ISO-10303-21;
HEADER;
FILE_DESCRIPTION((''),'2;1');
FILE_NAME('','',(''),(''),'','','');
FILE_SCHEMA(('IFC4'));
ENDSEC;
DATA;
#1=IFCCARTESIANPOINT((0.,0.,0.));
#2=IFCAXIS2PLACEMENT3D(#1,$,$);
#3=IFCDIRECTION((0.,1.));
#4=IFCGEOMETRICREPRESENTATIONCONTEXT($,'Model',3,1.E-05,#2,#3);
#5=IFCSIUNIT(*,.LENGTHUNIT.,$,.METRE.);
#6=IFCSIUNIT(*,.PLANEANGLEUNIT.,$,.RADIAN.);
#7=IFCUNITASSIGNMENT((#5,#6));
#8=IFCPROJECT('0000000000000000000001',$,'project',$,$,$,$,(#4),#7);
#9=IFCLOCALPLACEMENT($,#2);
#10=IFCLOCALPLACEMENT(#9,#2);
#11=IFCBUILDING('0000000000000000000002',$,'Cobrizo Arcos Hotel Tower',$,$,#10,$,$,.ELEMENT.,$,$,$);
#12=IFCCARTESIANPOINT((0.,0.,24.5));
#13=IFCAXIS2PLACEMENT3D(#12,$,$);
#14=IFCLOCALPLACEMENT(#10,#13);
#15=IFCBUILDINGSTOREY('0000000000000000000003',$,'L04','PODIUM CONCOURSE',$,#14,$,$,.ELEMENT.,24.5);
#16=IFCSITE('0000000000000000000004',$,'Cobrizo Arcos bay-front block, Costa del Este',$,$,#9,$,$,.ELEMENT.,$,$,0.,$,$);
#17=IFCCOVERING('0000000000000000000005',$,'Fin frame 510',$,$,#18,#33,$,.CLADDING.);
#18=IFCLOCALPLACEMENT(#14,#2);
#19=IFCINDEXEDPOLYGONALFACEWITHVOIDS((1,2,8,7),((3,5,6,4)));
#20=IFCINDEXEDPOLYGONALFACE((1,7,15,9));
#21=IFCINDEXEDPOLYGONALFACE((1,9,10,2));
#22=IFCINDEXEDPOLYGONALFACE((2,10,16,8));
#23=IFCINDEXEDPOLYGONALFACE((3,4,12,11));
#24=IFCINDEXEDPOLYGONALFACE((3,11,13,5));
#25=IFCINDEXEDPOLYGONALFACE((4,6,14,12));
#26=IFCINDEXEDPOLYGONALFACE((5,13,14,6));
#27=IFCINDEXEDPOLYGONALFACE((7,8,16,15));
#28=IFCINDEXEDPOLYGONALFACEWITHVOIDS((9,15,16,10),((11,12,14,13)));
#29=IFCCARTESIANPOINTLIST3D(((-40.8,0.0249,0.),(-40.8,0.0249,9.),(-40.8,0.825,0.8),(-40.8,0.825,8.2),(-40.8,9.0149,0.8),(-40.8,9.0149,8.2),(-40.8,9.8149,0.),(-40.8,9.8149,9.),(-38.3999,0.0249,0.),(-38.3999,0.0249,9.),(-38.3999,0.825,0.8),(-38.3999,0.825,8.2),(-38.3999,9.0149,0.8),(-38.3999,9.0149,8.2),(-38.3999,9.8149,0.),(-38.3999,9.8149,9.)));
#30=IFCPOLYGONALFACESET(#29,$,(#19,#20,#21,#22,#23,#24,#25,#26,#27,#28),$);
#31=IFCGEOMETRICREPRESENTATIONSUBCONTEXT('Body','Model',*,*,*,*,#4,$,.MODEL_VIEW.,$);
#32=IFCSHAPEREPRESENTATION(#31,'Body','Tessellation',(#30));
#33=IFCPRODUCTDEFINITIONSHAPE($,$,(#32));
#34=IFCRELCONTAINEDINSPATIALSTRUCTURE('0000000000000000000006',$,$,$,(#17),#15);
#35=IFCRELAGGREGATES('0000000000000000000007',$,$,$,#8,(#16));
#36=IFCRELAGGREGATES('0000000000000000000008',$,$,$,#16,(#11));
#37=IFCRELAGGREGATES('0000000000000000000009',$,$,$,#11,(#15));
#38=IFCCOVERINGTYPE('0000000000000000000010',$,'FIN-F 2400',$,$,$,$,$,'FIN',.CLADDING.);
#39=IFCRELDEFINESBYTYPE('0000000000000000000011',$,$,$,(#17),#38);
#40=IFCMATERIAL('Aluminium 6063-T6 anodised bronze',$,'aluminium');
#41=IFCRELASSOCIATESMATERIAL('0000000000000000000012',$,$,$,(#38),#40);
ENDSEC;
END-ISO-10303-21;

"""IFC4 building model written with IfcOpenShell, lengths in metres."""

from ifc_helpers import new_model, si_unit, direction, frame, origin, place, context, subcontext, project, spatial, polyline, outline, extrude, material, type_object, element, save


model = new_model("IFC4")

# Units and contexts
model_context = context("Model", 3, precision=1e-05, world=origin(), true_north=direction((0.0, 1.0)))
body_context = subcontext(model_context, "Body", "Model", "MODEL_VIEW")
ifc_project = project(units=[si_unit("LENGTHUNIT", "METRE"), si_unit("PLANEANGLEUNIT", "RADIAN")], contexts=[model_context])

# Site, building, storey
site_placement = place(None, origin())
site = spatial("IfcSite", under=ifc_project, at=site_placement, Name="Cobrizo Arcos bay-front block, Costa del Este", CompositionType="ELEMENT", RefElevation=0.0)
building_placement = place(site_placement, origin())
building = spatial("IfcBuilding", under=site, at=building_placement, Name="Cobrizo Arcos Hotel Tower", CompositionType="ELEMENT")
storey_placement = place(building_placement, frame((0.0, 0.0, 24.5)))
storey = spatial("IfcBuildingStorey", under=building, at=storey_placement, Name="L04", Description="PODIUM CONCOURSE", CompositionType="ELEMENT", Elevation=24.5)

# Shared definitions
ifc_material_1 = material(Name="Aluminium 6063-T6 anodised bronze", Category="aluminium")

# Covering
covering_type = type_object("IfcCoveringType", Name="FIN-F 2400", ElementType="FIN", PredefinedType="CLADDING", material=ifc_material_1)
covering_placement = place(storey_placement, frame((-38.3999, 9.8149, 0.0), z_axis=(-1.0, 0.0, 0.0), x_axis=(0.0, -1.0, 0.0)))
element("IfcCovering", 1, at=covering_placement, inside=storey, type_object=covering_type, Name="Fin frame 510", PredefinedType="CLADDING", context=body_context, shape_type="SweptSolid", body=[
    extrude(outline(polyline([(0.0, 9.0), (0.0, 0.0), (9.79, 0.0), (9.79, 9.0), (0.0, 9.0)]), holes=[polyline([(8.99, 0.8), (0.8, 0.8), (0.8, 8.2), (8.99, 8.2), (8.99, 0.8)])]), origin(), (0.0, 0.0, 1.0), 2.4001),
])

save(model, "model.ifc")
